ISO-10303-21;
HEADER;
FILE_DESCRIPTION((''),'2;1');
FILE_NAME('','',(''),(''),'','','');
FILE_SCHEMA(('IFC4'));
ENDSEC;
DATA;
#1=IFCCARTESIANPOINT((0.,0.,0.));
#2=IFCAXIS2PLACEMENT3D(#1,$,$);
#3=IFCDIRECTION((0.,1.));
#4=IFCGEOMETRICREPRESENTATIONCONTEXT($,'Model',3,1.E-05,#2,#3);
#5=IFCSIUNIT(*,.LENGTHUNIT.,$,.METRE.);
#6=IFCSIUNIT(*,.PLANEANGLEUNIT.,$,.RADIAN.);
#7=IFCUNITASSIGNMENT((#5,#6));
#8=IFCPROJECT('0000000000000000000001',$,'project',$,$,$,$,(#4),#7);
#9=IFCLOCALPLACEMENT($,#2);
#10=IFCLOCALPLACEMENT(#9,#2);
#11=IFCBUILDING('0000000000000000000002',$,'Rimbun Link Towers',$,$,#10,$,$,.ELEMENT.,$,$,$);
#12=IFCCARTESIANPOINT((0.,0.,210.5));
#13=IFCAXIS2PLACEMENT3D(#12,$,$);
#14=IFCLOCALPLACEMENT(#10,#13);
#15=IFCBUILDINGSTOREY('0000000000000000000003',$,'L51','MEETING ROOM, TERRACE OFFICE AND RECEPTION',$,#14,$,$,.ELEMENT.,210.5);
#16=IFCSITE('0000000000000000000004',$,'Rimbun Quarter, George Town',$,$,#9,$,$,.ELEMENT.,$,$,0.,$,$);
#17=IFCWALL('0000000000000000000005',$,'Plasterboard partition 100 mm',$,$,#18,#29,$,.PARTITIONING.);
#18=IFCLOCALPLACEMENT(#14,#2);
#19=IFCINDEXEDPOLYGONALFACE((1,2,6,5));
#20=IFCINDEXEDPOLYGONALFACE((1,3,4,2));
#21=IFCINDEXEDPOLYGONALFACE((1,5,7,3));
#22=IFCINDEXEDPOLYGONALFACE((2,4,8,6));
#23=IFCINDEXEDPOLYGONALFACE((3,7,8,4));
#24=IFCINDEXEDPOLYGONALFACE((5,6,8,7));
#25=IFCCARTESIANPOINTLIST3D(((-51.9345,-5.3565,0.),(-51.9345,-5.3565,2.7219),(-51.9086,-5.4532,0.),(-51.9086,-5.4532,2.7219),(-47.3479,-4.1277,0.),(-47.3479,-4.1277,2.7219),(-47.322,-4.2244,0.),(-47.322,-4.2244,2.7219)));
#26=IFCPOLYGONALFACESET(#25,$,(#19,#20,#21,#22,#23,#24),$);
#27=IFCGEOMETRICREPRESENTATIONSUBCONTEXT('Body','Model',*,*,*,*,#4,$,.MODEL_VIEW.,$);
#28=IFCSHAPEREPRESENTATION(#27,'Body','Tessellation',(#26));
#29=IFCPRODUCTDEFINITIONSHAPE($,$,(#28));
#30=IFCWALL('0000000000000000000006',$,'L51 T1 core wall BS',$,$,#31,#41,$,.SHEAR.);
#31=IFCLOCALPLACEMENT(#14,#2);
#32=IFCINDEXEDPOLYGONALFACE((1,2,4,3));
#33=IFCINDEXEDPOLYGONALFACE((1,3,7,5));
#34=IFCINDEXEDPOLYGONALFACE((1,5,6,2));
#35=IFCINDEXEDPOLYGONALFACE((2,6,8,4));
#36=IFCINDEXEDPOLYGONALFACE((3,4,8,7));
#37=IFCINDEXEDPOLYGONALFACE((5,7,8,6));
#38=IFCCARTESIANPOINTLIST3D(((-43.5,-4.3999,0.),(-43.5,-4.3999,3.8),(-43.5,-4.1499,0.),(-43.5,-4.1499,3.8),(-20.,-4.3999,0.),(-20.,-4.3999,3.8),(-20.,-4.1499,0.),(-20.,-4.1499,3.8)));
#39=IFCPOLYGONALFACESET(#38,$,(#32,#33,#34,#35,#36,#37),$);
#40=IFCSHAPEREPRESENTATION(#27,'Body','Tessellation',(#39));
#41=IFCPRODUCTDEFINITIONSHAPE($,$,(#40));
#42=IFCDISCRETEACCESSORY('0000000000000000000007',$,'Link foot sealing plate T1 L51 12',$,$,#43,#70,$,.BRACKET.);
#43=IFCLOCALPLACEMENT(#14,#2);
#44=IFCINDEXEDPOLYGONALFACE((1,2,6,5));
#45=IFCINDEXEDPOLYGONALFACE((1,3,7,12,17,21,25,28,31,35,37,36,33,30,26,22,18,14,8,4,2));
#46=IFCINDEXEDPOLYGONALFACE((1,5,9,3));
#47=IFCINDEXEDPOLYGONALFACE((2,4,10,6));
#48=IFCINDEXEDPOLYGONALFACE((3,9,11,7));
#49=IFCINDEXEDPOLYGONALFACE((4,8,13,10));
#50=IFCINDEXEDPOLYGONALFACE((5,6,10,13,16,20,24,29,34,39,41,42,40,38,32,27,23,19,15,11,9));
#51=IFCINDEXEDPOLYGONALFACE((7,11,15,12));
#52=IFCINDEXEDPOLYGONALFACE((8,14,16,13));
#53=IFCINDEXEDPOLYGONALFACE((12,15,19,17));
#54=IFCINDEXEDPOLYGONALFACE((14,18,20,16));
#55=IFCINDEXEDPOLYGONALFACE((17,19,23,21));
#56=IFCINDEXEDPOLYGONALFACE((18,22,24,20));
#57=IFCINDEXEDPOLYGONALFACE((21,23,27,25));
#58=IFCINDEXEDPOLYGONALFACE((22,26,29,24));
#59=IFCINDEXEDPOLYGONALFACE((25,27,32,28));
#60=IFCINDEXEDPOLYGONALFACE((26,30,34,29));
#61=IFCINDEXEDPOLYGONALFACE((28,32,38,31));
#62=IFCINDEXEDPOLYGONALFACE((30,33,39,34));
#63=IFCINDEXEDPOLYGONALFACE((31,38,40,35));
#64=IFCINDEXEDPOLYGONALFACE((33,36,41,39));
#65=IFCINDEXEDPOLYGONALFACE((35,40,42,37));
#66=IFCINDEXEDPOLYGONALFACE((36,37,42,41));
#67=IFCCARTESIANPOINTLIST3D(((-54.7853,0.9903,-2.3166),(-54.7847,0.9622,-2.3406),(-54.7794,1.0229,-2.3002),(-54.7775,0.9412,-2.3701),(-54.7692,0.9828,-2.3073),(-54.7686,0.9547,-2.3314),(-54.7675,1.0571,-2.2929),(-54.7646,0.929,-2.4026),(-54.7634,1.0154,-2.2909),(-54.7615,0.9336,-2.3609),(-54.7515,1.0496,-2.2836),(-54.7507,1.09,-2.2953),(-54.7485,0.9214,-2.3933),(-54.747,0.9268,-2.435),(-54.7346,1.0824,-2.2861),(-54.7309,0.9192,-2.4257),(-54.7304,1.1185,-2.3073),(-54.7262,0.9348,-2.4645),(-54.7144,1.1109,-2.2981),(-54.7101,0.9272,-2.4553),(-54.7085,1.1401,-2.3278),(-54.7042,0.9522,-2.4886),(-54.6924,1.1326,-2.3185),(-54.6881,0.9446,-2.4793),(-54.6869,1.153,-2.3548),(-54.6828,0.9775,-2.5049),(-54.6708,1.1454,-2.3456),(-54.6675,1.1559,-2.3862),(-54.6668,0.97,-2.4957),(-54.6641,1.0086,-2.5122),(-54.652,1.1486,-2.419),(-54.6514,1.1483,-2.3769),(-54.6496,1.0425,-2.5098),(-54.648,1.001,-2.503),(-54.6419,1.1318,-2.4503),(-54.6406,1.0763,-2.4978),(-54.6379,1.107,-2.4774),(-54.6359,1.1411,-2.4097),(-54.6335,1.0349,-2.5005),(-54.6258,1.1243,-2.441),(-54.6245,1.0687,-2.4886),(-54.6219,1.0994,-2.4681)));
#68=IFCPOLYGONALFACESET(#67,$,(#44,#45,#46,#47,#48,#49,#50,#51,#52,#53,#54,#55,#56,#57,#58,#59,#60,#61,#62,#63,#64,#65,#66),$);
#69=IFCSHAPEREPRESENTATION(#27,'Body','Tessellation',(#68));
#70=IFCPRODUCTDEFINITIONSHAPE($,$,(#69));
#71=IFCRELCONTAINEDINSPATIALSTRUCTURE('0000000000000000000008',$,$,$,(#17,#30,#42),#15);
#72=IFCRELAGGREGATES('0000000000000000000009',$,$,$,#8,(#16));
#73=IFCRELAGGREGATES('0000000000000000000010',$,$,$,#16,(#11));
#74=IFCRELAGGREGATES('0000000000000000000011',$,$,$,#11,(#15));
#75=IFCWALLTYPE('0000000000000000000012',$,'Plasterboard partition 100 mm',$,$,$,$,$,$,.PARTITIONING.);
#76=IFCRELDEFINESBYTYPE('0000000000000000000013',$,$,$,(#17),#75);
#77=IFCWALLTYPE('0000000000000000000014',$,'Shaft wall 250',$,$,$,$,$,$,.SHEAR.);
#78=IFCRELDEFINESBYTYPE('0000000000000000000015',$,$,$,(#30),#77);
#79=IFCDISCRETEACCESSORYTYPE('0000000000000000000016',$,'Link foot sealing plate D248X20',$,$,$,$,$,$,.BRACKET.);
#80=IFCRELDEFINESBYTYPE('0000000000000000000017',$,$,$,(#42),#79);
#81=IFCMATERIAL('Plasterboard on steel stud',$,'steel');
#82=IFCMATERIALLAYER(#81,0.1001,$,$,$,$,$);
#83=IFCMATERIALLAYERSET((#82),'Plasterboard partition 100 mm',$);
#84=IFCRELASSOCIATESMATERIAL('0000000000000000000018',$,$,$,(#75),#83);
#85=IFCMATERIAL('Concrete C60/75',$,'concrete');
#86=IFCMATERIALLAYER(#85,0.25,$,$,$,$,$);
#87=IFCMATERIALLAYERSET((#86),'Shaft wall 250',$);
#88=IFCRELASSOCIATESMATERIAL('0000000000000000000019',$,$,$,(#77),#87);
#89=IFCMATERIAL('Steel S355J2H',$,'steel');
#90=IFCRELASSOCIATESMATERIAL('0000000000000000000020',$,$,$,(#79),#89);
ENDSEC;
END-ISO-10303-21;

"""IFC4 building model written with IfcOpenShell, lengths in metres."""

from ifc_helpers import new_model, si_unit, direction, frame, frame_2d, origin, origin_2d, place, context, subcontext, project, spatial, rectangle, circle, extrude, material, layer, layer_set, material_profile, profile_set, type_object, element, save


model = new_model("IFC4")

# Units and contexts
model_context = context("Model", 3, precision=1e-05, world=origin(), true_north=direction((0.0, 1.0)))
body_context = subcontext(model_context, "Body", "Model", "MODEL_VIEW")
ifc_project = project(units=[si_unit("LENGTHUNIT", "METRE"), si_unit("PLANEANGLEUNIT", "RADIAN")], contexts=[model_context])

# Site, building, storey
site_placement = place(None, origin())
site = spatial("IfcSite", under=ifc_project, at=site_placement, Name="Rimbun Quarter, George Town", CompositionType="ELEMENT", RefElevation=0.0)
building_placement = place(site_placement, origin())
building = spatial("IfcBuilding", under=site, at=building_placement, Name="Rimbun Link Towers", CompositionType="ELEMENT")
storey_placement = place(building_placement, frame((0.0, 0.0, 210.5)))
storey = spatial("IfcBuildingStorey", under=building, at=storey_placement, Name="L51", Description="MEETING ROOM, TERRACE OFFICE AND RECEPTION", CompositionType="ELEMENT", Elevation=210.5)

# Walls
ifc_material_1 = material(Name="Plasterboard on steel stud", Category="steel")
ifc_layer_1 = layer(ifc_material_1, 0.1001)
ifc_layer_set_1 = layer_set([ifc_layer_1], Name="Plasterboard partition 100 mm")
wall_type_1 = type_object("IfcWallType", Name="Plasterboard partition 100 mm", PredefinedType="PARTITIONING", material=ifc_layer_set_1)
wall_1_placement = place(storey_placement, frame((-51.9214, -5.4048, 0.0), z_axis=(0.0, 0.0, 1.0), x_axis=(0.965935, 0.258786, 0.0)))
element("IfcWall", 1, at=wall_1_placement, inside=storey, type_object=wall_type_1, Name="Plasterboard partition 100 mm", PredefinedType="PARTITIONING", context=body_context, shape_type="SweptSolid", body=[
    extrude(rectangle(XDim=4.7483, YDim=0.1001, at=frame_2d((2.374, 0.0))), origin(), (0.0, 0.0, 1.0), 2.7219),
])
ifc_material_2 = material(Name="Concrete C60/75", Category="concrete")
ifc_layer_2 = layer(ifc_material_2, 0.25)
ifc_layer_set_2 = layer_set([ifc_layer_2], Name="Shaft wall 250")
wall_type_2 = type_object("IfcWallType", Name="Shaft wall 250", PredefinedType="SHEAR", material=ifc_layer_set_2)
wall_2_placement = place(storey_placement, frame((-43.5, -4.2749, 0.0), z_axis=(0.0, 0.0, 1.0), x_axis=(1.0, 0.0, 0.0)))
element("IfcWall", 2, at=wall_2_placement, inside=storey, type_object=wall_type_2, Name="L51 T1 core wall BS", PredefinedType="SHEAR", context=body_context, shape_type="SweptSolid", body=[
    extrude(rectangle(XDim=23.5, YDim=0.25, at=frame_2d((11.75, 0.0))), origin(), (0.0, 0.0, 1.0), 3.8),
])

# Discrete accessory
ifc_material_3 = material(Name="Steel S355J2H", Category="steel")
ifc_material_profile_1 = material_profile(ifc_material_3, circle(Radius=0.124, at=origin_2d()), Name="PL D248")
ifc_profile_set_1 = profile_set([ifc_material_profile_1], Name="Steel S355J2H")
discrete_accessory_type = type_object("IfcDiscreteAccessoryType", Name="Link foot sealing plate D248X20", PredefinedType="BRACKET", material=ifc_profile_set_1)
discrete_accessory_placement = place(storey_placement, frame((-54.6958, 1.0337, -2.3933), z_axis=(-0.802673, 0.377013, -0.462145), x_axis=(-0.425136, -0.905129, 0.0)))
element("IfcDiscreteAccessory", 3, at=discrete_accessory_placement, inside=storey, type_object=discrete_accessory_type, Name="Link foot sealing plate T1 L51 12", PredefinedType="BRACKET", context=body_context, shape_type="SweptSolid", body=[
    extrude(circle(Radius=0.124, at=origin_2d()), origin(), (0.0, 0.0, 1.0), 0.02),
])

save(model, "model.ifc")
